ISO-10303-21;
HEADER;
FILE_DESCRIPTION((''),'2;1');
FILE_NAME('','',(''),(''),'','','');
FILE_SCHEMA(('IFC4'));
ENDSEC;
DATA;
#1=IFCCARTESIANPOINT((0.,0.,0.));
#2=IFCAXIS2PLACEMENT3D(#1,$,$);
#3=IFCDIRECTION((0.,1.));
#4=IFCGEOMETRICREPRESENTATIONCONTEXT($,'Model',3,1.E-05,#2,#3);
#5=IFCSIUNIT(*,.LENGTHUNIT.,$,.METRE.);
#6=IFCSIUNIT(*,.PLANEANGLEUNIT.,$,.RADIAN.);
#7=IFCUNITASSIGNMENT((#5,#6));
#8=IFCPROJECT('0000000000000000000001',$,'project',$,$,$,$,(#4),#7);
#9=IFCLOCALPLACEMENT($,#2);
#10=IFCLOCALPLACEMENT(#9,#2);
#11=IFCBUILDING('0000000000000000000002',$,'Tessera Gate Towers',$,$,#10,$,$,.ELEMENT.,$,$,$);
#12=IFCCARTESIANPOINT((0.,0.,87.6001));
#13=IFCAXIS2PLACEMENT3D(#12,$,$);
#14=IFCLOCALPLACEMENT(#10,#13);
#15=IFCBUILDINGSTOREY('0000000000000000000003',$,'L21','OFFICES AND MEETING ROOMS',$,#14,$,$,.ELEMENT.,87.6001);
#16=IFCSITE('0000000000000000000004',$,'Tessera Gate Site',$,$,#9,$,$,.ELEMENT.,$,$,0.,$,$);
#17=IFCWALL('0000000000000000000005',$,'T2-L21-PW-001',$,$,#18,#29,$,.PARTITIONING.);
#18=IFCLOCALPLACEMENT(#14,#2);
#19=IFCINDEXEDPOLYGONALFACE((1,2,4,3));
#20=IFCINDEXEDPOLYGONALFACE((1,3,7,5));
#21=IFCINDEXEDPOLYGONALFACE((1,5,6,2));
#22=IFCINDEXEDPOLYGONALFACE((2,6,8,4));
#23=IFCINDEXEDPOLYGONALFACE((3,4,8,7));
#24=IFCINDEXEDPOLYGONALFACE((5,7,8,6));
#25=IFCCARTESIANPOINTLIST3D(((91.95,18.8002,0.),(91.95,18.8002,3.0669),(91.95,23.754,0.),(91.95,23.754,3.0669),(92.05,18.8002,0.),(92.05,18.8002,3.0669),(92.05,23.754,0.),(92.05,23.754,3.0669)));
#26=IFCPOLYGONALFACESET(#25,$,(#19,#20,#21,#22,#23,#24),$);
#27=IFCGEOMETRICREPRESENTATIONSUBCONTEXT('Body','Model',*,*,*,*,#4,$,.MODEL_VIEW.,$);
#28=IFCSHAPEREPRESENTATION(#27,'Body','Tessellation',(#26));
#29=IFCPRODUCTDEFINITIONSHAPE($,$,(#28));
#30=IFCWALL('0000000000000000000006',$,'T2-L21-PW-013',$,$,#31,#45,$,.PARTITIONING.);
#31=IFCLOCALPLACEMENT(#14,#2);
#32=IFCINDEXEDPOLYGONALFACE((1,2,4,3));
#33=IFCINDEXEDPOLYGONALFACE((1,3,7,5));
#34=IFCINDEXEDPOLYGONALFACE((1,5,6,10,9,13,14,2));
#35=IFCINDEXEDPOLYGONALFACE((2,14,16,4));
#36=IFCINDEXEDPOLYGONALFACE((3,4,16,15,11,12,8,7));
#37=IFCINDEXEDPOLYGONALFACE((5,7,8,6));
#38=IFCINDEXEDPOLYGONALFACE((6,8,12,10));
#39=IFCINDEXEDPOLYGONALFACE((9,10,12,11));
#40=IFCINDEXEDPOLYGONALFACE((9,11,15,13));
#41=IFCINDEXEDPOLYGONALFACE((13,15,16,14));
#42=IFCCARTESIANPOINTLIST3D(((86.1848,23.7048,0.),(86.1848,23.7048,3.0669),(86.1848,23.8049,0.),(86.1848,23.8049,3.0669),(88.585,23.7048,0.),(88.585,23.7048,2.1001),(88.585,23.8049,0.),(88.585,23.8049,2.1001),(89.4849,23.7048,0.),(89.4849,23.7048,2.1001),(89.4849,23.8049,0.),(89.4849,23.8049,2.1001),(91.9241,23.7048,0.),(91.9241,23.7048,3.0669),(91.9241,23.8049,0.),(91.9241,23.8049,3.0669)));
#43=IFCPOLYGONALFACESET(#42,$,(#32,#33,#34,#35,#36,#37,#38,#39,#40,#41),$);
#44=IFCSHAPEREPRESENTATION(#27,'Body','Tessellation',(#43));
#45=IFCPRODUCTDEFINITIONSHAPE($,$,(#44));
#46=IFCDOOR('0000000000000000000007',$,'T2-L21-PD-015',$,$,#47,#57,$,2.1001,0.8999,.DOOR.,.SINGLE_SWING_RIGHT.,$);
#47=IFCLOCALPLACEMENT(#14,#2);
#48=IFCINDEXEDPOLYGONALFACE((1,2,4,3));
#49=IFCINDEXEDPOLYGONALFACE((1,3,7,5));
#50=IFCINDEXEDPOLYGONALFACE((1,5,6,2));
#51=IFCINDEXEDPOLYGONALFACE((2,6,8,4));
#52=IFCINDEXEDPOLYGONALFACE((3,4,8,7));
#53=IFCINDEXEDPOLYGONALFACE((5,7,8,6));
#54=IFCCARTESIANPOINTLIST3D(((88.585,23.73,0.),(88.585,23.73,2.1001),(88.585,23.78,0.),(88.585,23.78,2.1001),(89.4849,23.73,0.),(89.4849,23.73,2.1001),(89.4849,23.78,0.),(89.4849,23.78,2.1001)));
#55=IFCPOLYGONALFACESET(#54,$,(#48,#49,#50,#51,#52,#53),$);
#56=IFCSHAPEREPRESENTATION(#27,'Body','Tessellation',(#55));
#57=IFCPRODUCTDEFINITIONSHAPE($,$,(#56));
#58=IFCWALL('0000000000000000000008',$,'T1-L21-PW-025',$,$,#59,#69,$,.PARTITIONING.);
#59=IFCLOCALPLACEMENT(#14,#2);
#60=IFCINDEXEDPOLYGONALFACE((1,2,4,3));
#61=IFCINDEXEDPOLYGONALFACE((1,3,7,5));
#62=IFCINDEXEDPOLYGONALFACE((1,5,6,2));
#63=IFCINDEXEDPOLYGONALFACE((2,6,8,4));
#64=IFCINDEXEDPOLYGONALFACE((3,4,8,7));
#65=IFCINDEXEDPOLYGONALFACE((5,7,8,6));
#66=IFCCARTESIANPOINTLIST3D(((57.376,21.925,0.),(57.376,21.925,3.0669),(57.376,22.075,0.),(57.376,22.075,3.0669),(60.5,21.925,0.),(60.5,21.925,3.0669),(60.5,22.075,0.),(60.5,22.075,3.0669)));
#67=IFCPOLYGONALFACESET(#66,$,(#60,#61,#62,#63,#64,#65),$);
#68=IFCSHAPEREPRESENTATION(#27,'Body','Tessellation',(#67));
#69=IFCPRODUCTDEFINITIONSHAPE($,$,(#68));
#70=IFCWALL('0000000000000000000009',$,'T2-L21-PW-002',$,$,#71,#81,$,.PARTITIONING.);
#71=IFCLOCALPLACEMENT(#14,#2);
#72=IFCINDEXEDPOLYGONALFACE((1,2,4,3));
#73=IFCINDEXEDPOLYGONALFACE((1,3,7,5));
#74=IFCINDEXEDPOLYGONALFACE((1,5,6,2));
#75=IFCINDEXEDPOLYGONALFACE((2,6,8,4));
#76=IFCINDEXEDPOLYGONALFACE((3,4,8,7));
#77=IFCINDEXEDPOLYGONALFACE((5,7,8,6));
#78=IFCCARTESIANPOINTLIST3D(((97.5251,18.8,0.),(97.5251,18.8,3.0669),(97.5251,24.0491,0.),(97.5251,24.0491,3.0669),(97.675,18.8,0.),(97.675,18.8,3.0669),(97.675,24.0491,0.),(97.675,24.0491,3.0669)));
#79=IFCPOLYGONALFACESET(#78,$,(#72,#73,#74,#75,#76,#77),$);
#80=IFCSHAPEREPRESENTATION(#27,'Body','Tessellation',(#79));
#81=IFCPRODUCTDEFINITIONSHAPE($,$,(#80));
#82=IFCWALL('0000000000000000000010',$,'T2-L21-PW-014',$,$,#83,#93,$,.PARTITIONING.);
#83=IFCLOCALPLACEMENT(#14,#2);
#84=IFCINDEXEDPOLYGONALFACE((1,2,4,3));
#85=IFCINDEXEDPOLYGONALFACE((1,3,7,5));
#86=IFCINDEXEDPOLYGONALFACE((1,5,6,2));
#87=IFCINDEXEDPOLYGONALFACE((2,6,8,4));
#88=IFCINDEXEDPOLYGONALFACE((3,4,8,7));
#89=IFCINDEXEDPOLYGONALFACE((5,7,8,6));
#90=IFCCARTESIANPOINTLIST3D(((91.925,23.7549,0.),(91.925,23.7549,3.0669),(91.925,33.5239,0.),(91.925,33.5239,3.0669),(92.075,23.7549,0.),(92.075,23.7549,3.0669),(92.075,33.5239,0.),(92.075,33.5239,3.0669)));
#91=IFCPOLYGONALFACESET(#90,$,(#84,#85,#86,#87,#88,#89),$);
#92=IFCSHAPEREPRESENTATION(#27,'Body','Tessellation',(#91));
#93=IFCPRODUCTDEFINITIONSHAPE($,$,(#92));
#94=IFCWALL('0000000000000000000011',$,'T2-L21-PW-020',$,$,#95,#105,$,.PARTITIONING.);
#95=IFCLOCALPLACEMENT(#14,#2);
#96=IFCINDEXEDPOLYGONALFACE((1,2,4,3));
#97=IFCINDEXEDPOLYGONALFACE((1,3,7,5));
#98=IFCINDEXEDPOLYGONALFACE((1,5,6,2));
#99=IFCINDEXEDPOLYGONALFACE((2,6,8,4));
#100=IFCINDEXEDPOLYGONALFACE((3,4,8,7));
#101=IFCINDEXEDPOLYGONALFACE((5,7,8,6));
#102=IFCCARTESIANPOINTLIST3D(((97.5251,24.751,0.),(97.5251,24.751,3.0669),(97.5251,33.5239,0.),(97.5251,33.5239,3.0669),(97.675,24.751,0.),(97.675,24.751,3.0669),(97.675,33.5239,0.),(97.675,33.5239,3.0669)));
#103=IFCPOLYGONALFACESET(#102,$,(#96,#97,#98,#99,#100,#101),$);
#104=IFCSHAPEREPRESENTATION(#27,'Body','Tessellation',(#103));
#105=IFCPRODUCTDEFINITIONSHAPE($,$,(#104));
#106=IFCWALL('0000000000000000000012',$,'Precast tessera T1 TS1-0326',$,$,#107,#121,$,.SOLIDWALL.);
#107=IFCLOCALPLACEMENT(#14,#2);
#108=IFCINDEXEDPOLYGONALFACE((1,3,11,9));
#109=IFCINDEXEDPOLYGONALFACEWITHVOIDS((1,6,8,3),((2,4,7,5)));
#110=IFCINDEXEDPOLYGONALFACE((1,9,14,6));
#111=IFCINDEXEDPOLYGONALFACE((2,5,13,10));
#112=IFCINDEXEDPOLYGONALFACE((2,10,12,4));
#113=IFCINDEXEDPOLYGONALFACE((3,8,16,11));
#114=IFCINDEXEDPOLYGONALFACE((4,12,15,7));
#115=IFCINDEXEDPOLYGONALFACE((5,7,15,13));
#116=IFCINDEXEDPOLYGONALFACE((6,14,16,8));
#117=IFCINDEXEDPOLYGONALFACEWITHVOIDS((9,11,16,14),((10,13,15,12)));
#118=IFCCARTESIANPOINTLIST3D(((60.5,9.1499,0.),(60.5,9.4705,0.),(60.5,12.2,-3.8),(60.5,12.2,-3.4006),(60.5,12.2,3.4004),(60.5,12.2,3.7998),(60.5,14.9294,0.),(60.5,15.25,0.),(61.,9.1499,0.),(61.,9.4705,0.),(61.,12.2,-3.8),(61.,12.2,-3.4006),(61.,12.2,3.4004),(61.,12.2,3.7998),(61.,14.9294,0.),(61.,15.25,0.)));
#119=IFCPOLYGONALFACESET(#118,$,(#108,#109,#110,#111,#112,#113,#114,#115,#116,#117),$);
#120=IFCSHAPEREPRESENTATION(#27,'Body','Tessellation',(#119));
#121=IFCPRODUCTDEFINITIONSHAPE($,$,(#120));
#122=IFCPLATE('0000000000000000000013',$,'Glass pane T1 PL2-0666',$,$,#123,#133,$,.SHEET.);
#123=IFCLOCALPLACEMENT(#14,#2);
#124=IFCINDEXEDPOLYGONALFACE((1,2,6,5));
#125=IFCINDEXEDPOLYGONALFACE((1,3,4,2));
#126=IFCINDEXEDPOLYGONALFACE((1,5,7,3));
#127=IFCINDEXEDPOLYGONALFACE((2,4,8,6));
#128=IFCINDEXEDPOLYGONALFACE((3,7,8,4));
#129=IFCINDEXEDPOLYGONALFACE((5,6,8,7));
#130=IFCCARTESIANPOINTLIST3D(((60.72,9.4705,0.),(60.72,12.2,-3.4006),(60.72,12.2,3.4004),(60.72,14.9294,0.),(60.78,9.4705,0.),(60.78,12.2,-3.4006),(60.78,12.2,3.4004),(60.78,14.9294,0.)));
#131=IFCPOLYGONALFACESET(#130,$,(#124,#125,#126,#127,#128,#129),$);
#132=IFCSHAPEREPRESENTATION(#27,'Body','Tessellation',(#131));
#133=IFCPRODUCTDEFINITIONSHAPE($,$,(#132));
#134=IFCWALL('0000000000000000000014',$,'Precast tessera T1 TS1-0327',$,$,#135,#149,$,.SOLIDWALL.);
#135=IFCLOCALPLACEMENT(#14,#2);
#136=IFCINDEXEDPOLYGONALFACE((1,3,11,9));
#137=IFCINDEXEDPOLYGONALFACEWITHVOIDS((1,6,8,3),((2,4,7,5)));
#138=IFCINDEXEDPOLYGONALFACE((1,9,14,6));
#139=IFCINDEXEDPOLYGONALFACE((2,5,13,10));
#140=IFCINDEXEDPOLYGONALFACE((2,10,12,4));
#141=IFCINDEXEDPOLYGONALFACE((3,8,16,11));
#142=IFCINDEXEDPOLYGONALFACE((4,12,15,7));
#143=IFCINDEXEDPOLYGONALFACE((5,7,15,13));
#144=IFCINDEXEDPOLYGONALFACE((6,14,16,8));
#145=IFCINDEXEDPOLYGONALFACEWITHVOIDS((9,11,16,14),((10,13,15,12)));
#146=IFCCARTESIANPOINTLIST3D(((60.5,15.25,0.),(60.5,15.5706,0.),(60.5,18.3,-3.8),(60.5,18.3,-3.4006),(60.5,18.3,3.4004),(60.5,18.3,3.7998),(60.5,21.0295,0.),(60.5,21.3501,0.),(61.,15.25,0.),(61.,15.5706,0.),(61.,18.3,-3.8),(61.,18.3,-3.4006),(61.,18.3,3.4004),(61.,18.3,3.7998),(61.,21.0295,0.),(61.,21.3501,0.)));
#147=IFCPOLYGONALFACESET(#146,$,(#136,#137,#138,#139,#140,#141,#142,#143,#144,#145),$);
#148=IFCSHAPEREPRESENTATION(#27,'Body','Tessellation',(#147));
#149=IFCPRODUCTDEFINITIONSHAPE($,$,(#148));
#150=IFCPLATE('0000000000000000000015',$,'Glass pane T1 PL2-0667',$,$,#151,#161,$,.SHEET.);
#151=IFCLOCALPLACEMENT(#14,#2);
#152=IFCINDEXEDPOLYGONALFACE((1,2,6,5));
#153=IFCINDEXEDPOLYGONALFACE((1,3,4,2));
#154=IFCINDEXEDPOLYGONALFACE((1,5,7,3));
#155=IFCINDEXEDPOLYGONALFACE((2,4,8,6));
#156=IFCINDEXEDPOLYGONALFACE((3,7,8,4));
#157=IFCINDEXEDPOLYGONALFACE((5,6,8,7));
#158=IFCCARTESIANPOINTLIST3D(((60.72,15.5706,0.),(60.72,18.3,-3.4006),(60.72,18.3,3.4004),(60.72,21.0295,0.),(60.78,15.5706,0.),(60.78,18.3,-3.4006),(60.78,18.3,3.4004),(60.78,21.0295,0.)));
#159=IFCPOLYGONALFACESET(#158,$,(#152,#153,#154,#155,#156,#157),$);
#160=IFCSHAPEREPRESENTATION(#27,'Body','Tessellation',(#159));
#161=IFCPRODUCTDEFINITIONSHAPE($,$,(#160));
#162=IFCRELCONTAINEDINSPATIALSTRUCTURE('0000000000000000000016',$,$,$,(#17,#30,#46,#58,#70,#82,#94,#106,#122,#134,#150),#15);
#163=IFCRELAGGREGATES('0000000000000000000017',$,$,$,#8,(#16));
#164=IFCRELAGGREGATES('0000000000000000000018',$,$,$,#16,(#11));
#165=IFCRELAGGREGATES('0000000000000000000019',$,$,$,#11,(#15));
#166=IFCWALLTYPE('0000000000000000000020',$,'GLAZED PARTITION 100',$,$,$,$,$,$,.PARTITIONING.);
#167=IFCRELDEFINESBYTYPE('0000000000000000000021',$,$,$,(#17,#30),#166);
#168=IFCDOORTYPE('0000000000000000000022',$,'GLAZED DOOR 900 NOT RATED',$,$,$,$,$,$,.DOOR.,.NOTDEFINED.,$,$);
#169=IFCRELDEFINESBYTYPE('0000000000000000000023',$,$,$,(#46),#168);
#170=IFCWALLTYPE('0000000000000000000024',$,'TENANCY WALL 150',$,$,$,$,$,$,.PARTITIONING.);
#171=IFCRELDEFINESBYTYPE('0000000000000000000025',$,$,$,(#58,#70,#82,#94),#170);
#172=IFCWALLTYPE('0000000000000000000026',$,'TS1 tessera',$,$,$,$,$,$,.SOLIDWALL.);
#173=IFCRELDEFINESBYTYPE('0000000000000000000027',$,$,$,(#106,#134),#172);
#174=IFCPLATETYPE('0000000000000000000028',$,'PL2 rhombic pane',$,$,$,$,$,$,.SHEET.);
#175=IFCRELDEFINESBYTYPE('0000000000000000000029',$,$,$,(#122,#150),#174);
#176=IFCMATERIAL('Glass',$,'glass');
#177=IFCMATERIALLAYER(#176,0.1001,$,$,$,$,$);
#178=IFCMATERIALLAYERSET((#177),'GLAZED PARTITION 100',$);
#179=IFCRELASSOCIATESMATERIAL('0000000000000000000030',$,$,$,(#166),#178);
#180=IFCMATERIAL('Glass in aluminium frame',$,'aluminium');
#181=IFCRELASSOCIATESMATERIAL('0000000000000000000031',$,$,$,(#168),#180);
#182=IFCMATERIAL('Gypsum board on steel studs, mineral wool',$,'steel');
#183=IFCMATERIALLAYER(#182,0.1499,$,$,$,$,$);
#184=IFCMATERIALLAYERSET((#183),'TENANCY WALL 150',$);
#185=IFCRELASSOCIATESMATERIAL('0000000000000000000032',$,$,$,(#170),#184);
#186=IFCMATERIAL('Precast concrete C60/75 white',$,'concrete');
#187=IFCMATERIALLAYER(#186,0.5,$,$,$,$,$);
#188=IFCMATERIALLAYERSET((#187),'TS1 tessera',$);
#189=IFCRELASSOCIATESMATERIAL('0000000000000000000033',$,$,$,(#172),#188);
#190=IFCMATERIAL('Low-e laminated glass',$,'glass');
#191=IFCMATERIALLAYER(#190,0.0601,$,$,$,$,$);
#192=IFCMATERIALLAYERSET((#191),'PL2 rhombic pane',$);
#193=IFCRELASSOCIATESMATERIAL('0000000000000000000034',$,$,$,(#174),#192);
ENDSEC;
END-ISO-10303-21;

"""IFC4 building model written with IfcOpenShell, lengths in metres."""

from ifc_helpers import new_model, si_unit, direction, frame, frame_2d, origin, place, context, subcontext, project, spatial, polyline, rectangle, outline, extrude, source, transform, mapped, material, layer, layer_set, type_object, element, fill, save


model = new_model("IFC4")

# Units and contexts
model_context = context("Model", 3, precision=1e-05, world=origin(), true_north=direction((0.0, 1.0)))
body_context = subcontext(model_context, "Body", "Model", "MODEL_VIEW")
ifc_project = project(units=[si_unit("LENGTHUNIT", "METRE"), si_unit("PLANEANGLEUNIT", "RADIAN")], contexts=[model_context])

# Site, building, storey
site_placement = place(None, origin())
site = spatial("IfcSite", under=ifc_project, at=site_placement, Name="Tessera Gate Site", CompositionType="ELEMENT", RefElevation=0.0)
building_placement = place(site_placement, origin())
building = spatial("IfcBuilding", under=site, at=building_placement, Name="Tessera Gate Towers", CompositionType="ELEMENT")
storey_placement = place(building_placement, frame((0.0, 0.0, 87.6001)))
storey = spatial("IfcBuildingStorey", under=building, at=storey_placement, Name="L21", Description="OFFICES AND MEETING ROOMS", CompositionType="ELEMENT", Elevation=87.6001)

# Shared definitions
shared_shape_1 = source(origin(), body_context, "Body", "SweptSolid", [
    extrude(rectangle(XDim=0.8999, YDim=2.1001, at=frame_2d((0.45, 1.05))), frame((0.0, 0.0249, 0.0), z_axis=(0.0, -1.0, 0.0), x_axis=(1.0, 0.0, 0.0)), (0.0, 0.0, 1.0), 0.05),
])

# Wall
ifc_material_1 = material(Name="Glass", Category="glass")
ifc_layer_1 = layer(ifc_material_1, 0.1001)
ifc_layer_set_1 = layer_set([ifc_layer_1], Name="GLAZED PARTITION 100")
wall_type_1 = type_object("IfcWallType", Name="GLAZED PARTITION 100", PredefinedType="PARTITIONING", material=ifc_layer_set_1)
wall_1_placement = place(storey_placement, frame((92.0, 18.8, 0.0), z_axis=(0.0, 0.0, 1.0), x_axis=(0.0, 1.0, 0.0)))
element("IfcWall", 1, at=wall_1_placement, inside=storey, type_object=wall_type_1, Name="T2-L21-PW-001", PredefinedType="PARTITIONING", context=body_context, shape_type="SweptSolid", body=[
    extrude(rectangle(XDim=4.9539, YDim=0.1001, at=frame_2d((2.4771, 0.0))), origin(), (0.0, 0.0, 1.0), 3.0669),
])

# Wall, opening, door
wall_2_placement = place(storey_placement, frame((91.9241, 23.7549, 0.0), z_axis=(0.0, 0.0, 1.0), x_axis=(-1.0, 0.0, 0.0)))
wall_2 = element("IfcWall", 2, at=wall_2_placement, inside=storey, type_object=wall_type_1, Name="T2-L21-PW-013", PredefinedType="PARTITIONING", context=body_context, shape_type="SweptSolid", body=[
    extrude(rectangle(XDim=5.7393, YDim=0.1001, at=frame_2d((2.8696, 0.0))), origin(), (0.0, 0.0, 1.0), 3.0669),
])
shared_shape_2 = source(origin(), body_context, "Body", "SweptSolid", [
    extrude(rectangle(XDim=0.8999, YDim=2.1001, at=frame_2d((0.45, 1.05))), frame((0.0, 0.0601, 0.0), z_axis=(0.0, -1.0, 0.0), x_axis=(1.0, 0.0, 0.0)), (0.0, 0.0, 1.0), 0.1201),
])
opening_1_placement = place(wall_2_placement, frame((2.4392, 0.0, 0.0)))
opening_1 = element("IfcOpeningElement", 3, at=opening_1_placement, cuts=wall_2, PredefinedType="OPENING", context=body_context, shape_type="MappedRepresentation", body=[
    mapped(shared_shape_2, transform((0.0, 0.0, 0.0), scale=1.0)),
])
ifc_material_2 = material(Name="Glass in aluminium frame", Category="aluminium")
door_type_1 = type_object("IfcDoorType", Name="GLAZED DOOR 900 NOT RATED", OperationType="NOTDEFINED", PredefinedType="DOOR", material=ifc_material_2)
door_1_placement = place(opening_1_placement, origin())
door_1 = element("IfcDoor", 4, at=door_1_placement, inside=storey, type_object=door_type_1, Name="T2-L21-PD-015", OperationType="SINGLE_SWING_RIGHT", OverallHeight=2.1001, OverallWidth=0.8999, PredefinedType="DOOR", context=body_context, shape_type="MappedRepresentation", body=[
    mapped(shared_shape_1, transform((0.0, 0.0, 0.0), scale=1.0)),
])
fill(opening_1, door_1)

# Walls
ifc_material_3 = material(Name="Gypsum board on steel studs, mineral wool", Category="steel")
ifc_layer_2 = layer(ifc_material_3, 0.1499)
ifc_layer_set_2 = layer_set([ifc_layer_2], Name="TENANCY WALL 150")
wall_type_2 = type_object("IfcWallType", Name="TENANCY WALL 150", PredefinedType="PARTITIONING", material=ifc_layer_set_2)
wall_3_placement = place(storey_placement, frame((57.376, 22.0, 0.0), z_axis=(0.0, 0.0, 1.0), x_axis=(1.0, 0.0, 0.0)))
element("IfcWall", 5, at=wall_3_placement, inside=storey, type_object=wall_type_2, Name="T1-L21-PW-025", PredefinedType="PARTITIONING", context=body_context, shape_type="SweptSolid", body=[
    extrude(rectangle(XDim=3.124, YDim=0.1499, at=frame_2d((1.562, 0.0))), origin(), (0.0, 0.0, 1.0), 3.0669),
])
wall_4_placement = place(storey_placement, frame((97.6001, 18.8, 0.0), z_axis=(0.0, 0.0, 1.0), x_axis=(0.0, 1.0, 0.0)))
element("IfcWall", 6, at=wall_4_placement, inside=storey, type_object=wall_type_2, Name="T2-L21-PW-002", PredefinedType="PARTITIONING", context=body_context, shape_type="SweptSolid", body=[
    extrude(rectangle(XDim=5.249, YDim=0.1499, at=frame_2d((2.6245, 0.0))), origin(), (0.0, 0.0, 1.0), 3.0669),
])
wall_5_placement = place(storey_placement, frame((92.0, 23.7549, 0.0), z_axis=(0.0, 0.0, 1.0), x_axis=(0.0, 1.0, 0.0)))
element("IfcWall", 7, at=wall_5_placement, inside=storey, type_object=wall_type_2, Name="T2-L21-PW-014", PredefinedType="PARTITIONING", context=body_context, shape_type="SweptSolid", body=[
    extrude(rectangle(XDim=9.769, YDim=0.1499, at=frame_2d((4.8845, 0.0))), origin(), (0.0, 0.0, 1.0), 3.0669),
])
wall_6_placement = place(storey_placement, frame((97.6001, 24.751, 0.0), z_axis=(0.0, 0.0, 1.0), x_axis=(0.0, 1.0, 0.0)))
element("IfcWall", 8, at=wall_6_placement, inside=storey, type_object=wall_type_2, Name="T2-L21-PW-020", PredefinedType="PARTITIONING", context=body_context, shape_type="SweptSolid", body=[
    extrude(rectangle(XDim=8.7729, YDim=0.1499, at=frame_2d((4.3865, 0.0))), origin(), (0.0, 0.0, 1.0), 3.0669),
])

# Walls, openings, plates
ifc_material_4 = material(Name="Precast concrete C60/75 white", Category="concrete")
ifc_layer_3 = layer(ifc_material_4, 0.5)
ifc_layer_set_3 = layer_set([ifc_layer_3], Name="TS1 tessera")
wall_type_3 = type_object("IfcWallType", Name="TS1 tessera", PredefinedType="SOLIDWALL", material=ifc_layer_set_3)
shared_shape_3 = source(origin(), body_context, "Body", "SweptSolid", [
    extrude(outline(polyline([(3.05, 0.0), (6.1001, 3.8), (3.05, 7.5999), (0.0, 3.8), (3.05, 0.0)])), frame((0.0, 0.25, 0.0), z_axis=(0.0, -1.0, 0.0), x_axis=(1.0, 0.0, 0.0)), (0.0, 0.0, 1.0), 0.5),
])
wall_7_placement = place(storey_placement, frame((60.75, 9.1499, -3.8), z_axis=(0.0, 0.0, 1.0), x_axis=(0.0, 1.0, 0.0)))
wall_7 = element("IfcWall", 9, at=wall_7_placement, inside=storey, type_object=wall_type_3, Name="Precast tessera T1 TS1-0326", PredefinedType="SOLIDWALL", context=body_context, shape_type="MappedRepresentation", body=[
    mapped(shared_shape_3, transform((0.0, 0.0, 0.0), scale=1.0)),
])
shared_shape_4 = source(origin(), body_context, "Body", "SweptSolid", [
    extrude(outline(polyline([(3.05, 0.3994), (5.7795, 3.8), (3.05, 7.2004), (0.3206, 3.8), (3.05, 0.3994)])), frame((0.0, 0.26, 0.0), z_axis=(0.0, -1.0, 0.0), x_axis=(1.0, 0.0, 0.0)), (0.0, 0.0, 1.0), 0.52),
])
opening_2_placement = place(wall_7_placement, origin())
opening_2 = element("IfcOpeningElement", 10, at=opening_2_placement, cuts=wall_7, PredefinedType="OPENING", context=body_context, shape_type="MappedRepresentation", body=[
    mapped(shared_shape_4, transform((0.0, 0.0, 0.0), scale=1.0)),
])
ifc_material_5 = material(Name="Low-e laminated glass", Category="glass")
ifc_layer_4 = layer(ifc_material_5, 0.0601)
ifc_layer_set_4 = layer_set([ifc_layer_4], Name="PL2 rhombic pane")
plate_type = type_object("IfcPlateType", Name="PL2 rhombic pane", PredefinedType="SHEET", material=ifc_layer_set_4)
shared_shape_5 = source(origin(), body_context, "Body", "SweptSolid", [
    extrude(outline(polyline([(3.05, 0.3994), (5.7795, 3.8), (3.05, 7.2004), (0.3206, 3.8), (3.05, 0.3994)])), frame((0.0, 0.03, 0.0), z_axis=(0.0, -1.0, 0.0), x_axis=(1.0, 0.0, 0.0)), (0.0, 0.0, 1.0), 0.0601),
])
plate_1_placement = place(opening_2_placement, origin())
plate_1 = element("IfcPlate", 11, at=plate_1_placement, inside=storey, type_object=plate_type, Name="Glass pane T1 PL2-0666", PredefinedType="SHEET", context=body_context, shape_type="MappedRepresentation", body=[
    mapped(shared_shape_5, transform((0.0, 0.0, 0.0), scale=1.0)),
])
fill(opening_2, plate_1)
wall_8_placement = place(storey_placement, frame((60.75, 15.25, -3.8), z_axis=(0.0, 0.0, 1.0), x_axis=(0.0, 1.0, 0.0)))
wall_8 = element("IfcWall", 12, at=wall_8_placement, inside=storey, type_object=wall_type_3, Name="Precast tessera T1 TS1-0327", PredefinedType="SOLIDWALL", context=body_context, shape_type="MappedRepresentation", body=[
    mapped(shared_shape_3, transform((0.0, 0.0, 0.0), scale=1.0)),
])
opening_3_placement = place(wall_8_placement, origin())
opening_3 = element("IfcOpeningElement", 13, at=opening_3_placement, cuts=wall_8, PredefinedType="OPENING", context=body_context, shape_type="MappedRepresentation", body=[
    mapped(shared_shape_4, transform((0.0, 0.0, 0.0), scale=1.0)),
])
plate_2_placement = place(opening_3_placement, origin())
plate_2 = element("IfcPlate", 14, at=plate_2_placement, inside=storey, type_object=plate_type, Name="Glass pane T1 PL2-0667", PredefinedType="SHEET", context=body_context, shape_type="MappedRepresentation", body=[
    mapped(shared_shape_5, transform((0.0, 0.0, 0.0), scale=1.0)),
])
fill(opening_3, plate_2)

save(model, "model.ifc")
